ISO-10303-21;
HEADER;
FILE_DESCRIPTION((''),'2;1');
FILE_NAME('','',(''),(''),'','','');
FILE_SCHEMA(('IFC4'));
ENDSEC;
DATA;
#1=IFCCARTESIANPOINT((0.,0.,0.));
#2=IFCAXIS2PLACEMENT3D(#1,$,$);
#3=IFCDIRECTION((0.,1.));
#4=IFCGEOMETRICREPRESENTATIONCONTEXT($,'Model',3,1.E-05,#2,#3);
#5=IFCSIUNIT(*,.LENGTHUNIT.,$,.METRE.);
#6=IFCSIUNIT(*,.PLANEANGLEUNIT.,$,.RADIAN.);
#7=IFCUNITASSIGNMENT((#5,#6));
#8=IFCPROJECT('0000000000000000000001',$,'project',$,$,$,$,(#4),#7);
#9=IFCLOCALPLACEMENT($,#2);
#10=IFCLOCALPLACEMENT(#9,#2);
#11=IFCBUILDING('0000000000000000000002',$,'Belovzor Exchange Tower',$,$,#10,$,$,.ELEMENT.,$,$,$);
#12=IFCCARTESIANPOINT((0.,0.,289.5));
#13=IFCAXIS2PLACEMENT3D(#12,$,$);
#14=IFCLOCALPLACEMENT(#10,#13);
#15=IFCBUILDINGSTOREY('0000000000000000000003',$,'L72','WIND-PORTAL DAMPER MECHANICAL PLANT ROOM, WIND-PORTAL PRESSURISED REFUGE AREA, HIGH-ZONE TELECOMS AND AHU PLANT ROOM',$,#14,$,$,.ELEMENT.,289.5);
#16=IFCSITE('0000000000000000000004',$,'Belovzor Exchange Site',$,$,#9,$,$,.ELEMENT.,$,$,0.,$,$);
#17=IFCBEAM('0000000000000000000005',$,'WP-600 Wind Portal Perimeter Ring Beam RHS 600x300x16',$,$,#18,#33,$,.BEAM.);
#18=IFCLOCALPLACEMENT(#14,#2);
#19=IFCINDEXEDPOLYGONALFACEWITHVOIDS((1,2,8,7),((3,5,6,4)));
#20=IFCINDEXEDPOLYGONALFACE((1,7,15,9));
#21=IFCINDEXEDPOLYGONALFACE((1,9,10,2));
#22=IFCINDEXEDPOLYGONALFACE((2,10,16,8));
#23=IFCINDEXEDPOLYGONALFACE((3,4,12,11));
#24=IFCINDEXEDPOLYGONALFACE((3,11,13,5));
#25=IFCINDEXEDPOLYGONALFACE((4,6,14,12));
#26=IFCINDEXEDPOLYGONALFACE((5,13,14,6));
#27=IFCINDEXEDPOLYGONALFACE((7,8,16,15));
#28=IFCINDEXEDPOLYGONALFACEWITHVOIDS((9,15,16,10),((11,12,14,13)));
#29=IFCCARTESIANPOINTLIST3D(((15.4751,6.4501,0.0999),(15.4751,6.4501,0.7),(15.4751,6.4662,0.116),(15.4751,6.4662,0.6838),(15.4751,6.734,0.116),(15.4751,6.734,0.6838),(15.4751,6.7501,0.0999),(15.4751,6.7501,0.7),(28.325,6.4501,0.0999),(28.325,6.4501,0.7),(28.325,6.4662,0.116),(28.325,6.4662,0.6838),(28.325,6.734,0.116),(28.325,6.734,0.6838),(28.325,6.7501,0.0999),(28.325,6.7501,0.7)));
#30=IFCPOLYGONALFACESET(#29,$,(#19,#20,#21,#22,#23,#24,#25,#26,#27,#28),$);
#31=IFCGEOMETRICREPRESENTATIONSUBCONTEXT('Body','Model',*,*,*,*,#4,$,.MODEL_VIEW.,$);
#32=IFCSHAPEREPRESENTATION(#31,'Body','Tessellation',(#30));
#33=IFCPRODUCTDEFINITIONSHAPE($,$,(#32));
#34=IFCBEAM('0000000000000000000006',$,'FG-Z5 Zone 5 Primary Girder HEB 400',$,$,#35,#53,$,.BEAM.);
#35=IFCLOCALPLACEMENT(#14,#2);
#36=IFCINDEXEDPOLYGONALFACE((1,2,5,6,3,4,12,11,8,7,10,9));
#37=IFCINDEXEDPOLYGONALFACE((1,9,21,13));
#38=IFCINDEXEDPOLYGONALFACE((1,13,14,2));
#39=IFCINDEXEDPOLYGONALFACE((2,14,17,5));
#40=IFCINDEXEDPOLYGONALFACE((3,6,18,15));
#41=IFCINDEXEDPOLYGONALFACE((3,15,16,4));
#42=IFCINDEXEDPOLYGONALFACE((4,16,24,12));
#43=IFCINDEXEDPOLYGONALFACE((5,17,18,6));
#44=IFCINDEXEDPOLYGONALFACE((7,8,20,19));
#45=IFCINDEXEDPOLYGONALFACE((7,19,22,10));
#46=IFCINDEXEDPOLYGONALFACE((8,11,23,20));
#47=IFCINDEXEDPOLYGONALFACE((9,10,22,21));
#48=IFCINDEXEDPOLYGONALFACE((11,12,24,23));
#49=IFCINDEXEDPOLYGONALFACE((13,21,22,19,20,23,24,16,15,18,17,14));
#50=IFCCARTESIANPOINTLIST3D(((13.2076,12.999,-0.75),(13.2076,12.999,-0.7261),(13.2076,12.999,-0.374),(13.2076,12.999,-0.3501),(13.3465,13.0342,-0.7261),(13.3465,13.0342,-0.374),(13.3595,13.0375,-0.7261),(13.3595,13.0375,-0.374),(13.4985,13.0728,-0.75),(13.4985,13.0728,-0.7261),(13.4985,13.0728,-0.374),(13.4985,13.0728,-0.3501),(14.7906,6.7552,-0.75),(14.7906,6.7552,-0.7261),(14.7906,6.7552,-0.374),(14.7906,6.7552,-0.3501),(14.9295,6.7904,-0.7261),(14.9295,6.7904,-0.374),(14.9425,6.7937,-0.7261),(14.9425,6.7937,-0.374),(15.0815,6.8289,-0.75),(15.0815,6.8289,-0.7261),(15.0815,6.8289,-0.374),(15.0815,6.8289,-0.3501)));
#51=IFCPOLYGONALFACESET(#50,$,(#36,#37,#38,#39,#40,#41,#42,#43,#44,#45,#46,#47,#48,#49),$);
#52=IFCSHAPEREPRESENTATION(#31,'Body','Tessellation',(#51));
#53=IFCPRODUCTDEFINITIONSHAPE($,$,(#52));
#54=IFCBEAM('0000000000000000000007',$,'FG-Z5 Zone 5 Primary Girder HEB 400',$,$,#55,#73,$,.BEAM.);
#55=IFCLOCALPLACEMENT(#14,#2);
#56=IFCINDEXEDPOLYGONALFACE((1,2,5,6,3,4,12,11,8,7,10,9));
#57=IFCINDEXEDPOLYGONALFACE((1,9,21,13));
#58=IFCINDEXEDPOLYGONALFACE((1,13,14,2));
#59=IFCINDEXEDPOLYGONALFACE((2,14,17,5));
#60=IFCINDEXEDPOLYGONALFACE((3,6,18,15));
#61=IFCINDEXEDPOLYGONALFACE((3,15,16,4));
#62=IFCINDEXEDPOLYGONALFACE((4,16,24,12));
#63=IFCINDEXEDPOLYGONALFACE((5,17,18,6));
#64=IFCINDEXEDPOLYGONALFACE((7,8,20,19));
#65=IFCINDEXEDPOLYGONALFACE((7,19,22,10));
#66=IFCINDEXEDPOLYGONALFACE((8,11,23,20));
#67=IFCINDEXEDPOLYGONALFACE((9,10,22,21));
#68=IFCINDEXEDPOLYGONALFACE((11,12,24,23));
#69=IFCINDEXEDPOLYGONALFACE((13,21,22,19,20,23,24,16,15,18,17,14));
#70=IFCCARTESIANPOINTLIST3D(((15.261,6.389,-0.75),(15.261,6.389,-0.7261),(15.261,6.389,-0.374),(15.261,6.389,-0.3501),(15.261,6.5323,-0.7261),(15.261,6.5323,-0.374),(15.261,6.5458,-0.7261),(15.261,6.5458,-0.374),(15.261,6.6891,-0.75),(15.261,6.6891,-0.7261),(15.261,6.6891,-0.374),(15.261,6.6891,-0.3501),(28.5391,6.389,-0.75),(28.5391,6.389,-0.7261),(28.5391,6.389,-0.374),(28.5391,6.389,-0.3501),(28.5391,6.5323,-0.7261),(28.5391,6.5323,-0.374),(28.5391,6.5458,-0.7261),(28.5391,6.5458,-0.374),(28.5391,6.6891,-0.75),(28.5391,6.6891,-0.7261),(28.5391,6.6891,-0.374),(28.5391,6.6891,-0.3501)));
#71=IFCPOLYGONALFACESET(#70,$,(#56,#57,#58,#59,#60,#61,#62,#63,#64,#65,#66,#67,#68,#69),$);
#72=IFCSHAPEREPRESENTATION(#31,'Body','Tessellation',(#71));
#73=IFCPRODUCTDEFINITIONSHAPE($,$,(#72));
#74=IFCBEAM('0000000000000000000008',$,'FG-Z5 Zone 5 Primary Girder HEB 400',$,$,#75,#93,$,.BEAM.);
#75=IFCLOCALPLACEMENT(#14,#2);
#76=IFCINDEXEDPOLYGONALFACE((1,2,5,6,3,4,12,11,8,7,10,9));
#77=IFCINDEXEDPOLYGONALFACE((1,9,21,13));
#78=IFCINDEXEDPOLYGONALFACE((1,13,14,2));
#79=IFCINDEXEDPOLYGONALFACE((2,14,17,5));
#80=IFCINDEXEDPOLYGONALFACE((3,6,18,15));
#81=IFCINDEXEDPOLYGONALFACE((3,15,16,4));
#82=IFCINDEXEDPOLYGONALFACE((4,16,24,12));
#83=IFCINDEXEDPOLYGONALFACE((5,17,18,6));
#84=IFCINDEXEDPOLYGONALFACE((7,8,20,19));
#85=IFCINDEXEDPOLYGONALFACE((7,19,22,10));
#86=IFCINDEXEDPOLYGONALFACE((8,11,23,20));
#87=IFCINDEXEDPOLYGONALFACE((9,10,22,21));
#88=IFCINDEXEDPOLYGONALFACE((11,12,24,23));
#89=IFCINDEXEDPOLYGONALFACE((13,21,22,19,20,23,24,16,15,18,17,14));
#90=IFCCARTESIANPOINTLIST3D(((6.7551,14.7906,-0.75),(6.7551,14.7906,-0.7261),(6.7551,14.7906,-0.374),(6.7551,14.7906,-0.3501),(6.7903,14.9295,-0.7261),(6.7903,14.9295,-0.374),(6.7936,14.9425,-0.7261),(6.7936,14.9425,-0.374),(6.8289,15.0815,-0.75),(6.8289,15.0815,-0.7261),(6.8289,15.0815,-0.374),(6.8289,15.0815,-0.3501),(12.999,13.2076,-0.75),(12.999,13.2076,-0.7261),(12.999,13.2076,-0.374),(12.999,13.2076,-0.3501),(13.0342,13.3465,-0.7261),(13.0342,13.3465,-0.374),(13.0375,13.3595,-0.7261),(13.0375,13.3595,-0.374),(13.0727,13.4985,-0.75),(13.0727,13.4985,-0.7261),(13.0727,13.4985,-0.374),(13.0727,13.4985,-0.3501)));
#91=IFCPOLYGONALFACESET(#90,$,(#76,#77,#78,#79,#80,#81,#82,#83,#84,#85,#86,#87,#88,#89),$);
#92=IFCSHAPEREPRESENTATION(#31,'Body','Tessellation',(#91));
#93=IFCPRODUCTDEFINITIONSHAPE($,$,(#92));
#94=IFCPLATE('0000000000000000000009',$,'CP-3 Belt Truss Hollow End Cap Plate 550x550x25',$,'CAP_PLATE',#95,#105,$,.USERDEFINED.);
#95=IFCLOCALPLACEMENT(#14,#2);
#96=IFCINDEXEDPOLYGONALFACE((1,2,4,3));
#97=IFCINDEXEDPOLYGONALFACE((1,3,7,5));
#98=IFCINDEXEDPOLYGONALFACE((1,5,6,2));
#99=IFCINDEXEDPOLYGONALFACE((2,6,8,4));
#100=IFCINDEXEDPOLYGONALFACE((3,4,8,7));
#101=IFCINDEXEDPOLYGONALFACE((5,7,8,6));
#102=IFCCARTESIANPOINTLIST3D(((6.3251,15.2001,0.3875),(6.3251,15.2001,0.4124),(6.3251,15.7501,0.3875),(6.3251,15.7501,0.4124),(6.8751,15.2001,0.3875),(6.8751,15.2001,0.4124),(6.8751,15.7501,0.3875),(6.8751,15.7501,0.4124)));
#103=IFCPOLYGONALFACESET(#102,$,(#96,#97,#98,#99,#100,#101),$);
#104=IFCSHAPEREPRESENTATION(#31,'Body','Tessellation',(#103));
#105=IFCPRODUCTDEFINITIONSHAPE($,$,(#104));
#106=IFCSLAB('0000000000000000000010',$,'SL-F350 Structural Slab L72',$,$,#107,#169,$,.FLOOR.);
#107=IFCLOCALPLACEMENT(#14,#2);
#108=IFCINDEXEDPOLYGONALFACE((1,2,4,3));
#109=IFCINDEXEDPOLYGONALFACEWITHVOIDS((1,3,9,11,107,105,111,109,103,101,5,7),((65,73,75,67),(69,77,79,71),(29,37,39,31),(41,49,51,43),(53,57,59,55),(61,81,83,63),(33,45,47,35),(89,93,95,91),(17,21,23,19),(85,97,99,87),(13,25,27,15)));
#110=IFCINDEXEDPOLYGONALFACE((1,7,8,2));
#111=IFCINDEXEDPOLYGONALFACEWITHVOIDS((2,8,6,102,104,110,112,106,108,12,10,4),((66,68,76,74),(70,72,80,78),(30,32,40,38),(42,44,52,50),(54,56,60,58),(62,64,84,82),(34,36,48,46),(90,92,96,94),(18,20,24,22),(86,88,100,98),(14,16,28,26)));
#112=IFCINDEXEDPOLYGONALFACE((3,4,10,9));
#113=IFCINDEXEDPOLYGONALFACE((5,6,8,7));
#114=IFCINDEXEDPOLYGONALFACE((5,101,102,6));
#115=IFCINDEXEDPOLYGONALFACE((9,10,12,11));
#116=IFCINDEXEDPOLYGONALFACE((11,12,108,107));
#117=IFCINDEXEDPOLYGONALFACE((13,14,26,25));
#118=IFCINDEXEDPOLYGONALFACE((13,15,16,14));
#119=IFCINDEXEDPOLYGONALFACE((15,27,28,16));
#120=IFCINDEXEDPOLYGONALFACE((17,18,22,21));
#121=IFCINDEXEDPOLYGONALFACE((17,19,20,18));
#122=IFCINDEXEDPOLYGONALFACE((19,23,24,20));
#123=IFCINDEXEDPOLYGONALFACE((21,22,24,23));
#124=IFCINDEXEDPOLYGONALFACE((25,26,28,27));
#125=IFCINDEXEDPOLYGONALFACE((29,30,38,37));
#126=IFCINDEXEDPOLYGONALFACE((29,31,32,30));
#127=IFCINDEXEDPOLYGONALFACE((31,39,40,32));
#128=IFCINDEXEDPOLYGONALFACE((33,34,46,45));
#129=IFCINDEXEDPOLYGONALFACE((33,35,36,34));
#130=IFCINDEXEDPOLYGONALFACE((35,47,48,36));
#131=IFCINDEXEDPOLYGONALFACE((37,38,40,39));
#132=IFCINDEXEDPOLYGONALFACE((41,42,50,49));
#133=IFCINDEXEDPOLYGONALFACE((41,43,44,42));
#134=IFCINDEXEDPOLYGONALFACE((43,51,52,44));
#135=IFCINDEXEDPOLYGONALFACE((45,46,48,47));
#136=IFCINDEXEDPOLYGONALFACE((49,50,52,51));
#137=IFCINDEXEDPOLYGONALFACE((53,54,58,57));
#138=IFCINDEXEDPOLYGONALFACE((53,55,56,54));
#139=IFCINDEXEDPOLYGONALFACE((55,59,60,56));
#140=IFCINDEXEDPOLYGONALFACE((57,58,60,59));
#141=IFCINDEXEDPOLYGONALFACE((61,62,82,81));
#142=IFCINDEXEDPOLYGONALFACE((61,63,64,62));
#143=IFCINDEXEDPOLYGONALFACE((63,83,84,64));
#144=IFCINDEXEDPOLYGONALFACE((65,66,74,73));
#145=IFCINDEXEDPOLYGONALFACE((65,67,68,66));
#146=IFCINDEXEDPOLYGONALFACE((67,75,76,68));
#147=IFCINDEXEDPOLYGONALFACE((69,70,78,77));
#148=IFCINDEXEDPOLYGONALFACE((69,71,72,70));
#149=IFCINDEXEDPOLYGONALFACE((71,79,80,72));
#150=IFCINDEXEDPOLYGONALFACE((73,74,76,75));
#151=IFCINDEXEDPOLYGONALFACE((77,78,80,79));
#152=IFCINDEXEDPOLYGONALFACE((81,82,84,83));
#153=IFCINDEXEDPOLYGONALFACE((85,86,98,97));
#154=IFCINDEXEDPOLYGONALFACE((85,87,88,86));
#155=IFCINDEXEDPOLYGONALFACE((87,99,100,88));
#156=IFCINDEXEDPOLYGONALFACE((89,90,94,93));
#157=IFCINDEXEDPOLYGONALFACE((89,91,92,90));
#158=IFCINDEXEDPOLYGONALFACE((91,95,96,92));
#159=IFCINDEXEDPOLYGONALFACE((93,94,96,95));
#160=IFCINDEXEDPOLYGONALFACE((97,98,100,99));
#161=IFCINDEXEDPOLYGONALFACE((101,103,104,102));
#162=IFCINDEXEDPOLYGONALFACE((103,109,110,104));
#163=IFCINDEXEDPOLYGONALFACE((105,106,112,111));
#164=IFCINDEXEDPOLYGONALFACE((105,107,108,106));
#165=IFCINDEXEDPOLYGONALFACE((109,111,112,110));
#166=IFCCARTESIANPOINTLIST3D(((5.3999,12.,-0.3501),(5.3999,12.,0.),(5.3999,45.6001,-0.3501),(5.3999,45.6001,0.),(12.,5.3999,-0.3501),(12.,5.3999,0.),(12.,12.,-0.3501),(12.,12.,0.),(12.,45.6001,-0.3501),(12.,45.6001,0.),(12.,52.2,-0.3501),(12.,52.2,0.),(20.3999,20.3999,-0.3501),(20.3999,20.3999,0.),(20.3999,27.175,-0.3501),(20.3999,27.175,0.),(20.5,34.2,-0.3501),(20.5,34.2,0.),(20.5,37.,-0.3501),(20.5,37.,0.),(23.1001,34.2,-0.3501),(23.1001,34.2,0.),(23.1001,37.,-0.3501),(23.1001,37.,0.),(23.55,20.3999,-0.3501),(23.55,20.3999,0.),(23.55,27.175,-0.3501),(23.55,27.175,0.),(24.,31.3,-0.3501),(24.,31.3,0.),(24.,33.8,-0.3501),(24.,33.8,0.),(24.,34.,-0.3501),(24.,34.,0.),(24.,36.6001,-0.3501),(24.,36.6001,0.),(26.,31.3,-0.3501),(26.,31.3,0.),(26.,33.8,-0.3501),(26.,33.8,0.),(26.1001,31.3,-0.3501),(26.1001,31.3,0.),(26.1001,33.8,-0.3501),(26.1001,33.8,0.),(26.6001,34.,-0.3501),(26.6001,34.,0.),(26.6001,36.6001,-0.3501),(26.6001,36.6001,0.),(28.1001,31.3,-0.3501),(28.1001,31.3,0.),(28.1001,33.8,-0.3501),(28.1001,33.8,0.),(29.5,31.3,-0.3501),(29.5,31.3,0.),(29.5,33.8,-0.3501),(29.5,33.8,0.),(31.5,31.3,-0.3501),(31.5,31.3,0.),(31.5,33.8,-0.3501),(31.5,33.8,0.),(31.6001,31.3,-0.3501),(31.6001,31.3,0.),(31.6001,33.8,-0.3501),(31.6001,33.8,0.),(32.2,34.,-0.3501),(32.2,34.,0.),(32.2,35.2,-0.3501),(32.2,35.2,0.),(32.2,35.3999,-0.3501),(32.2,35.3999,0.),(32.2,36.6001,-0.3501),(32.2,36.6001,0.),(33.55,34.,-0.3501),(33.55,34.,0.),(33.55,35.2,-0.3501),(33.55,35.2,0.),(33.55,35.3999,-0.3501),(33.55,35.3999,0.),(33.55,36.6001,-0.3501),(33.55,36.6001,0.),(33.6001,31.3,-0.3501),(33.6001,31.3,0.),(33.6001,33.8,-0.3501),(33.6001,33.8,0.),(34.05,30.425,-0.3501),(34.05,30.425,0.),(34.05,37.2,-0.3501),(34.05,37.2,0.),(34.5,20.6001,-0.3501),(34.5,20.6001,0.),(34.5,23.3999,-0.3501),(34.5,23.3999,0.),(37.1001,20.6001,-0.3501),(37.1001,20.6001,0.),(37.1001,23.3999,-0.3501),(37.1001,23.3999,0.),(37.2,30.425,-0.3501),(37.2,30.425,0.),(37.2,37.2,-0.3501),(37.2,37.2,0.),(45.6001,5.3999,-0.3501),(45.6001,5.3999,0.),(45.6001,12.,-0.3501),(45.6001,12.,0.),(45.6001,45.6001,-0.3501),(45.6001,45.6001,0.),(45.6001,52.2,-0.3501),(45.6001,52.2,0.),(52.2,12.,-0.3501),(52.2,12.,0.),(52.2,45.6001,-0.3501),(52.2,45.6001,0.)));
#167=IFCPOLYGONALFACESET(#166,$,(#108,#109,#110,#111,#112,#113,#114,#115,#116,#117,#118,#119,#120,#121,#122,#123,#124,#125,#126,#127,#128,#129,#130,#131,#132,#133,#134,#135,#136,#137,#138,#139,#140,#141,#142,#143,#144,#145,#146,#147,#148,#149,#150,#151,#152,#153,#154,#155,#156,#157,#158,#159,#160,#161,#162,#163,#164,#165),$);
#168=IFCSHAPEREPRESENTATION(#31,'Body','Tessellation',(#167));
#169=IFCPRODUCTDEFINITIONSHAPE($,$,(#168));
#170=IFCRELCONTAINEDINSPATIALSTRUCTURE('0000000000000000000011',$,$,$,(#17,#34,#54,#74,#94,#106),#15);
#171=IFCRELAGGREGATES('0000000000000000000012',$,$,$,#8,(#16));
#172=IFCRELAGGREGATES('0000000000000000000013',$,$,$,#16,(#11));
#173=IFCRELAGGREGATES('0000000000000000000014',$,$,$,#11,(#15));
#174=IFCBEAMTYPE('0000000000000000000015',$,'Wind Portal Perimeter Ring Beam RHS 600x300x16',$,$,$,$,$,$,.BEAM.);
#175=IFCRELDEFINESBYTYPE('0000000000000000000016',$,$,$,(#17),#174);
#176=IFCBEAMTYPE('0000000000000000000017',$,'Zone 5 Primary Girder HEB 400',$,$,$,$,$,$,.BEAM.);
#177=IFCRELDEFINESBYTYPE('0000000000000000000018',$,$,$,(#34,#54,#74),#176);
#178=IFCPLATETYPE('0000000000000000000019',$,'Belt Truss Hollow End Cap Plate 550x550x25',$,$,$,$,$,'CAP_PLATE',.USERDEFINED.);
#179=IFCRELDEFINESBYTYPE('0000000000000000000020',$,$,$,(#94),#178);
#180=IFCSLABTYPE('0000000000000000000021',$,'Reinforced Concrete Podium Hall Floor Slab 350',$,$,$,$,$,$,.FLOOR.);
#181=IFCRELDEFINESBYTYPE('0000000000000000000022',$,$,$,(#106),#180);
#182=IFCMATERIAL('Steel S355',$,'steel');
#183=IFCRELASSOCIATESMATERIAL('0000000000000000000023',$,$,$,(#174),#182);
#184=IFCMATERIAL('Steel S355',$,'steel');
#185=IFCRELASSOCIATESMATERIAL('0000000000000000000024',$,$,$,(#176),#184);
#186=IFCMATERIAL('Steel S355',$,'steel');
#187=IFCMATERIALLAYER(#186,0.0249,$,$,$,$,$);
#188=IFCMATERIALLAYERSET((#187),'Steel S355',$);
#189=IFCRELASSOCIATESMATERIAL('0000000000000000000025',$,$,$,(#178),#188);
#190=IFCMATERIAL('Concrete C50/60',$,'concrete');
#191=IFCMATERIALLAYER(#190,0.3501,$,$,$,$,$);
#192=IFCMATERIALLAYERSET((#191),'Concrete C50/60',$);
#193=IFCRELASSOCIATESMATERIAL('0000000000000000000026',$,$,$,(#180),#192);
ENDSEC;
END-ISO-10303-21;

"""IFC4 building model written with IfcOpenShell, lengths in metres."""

from ifc_helpers import new_model, si_unit, direction, frame, origin, origin_2d, place, context, subcontext, project, spatial, polyline, rectangle, hollow_rectangle, i_section, outline, extrude, material, layer, layer_set, material_profile, profile_set, type_object, element, save


model = new_model("IFC4")

# Units and contexts
model_context = context("Model", 3, precision=1e-05, world=origin(), true_north=direction((0.0, 1.0)))
body_context = subcontext(model_context, "Body", "Model", "MODEL_VIEW")
ifc_project = project(units=[si_unit("LENGTHUNIT", "METRE"), si_unit("PLANEANGLEUNIT", "RADIAN")], contexts=[model_context])

# Site, building, storey
site_placement = place(None, origin())
site = spatial("IfcSite", under=ifc_project, at=site_placement, Name="Belovzor Exchange Site", CompositionType="ELEMENT", RefElevation=0.0)
building_placement = place(site_placement, origin())
building = spatial("IfcBuilding", under=site, at=building_placement, Name="Belovzor Exchange Tower", CompositionType="ELEMENT")
storey_placement = place(building_placement, frame((0.0, 0.0, 289.5)))
storey = spatial("IfcBuildingStorey", under=building, at=storey_placement, Name="L72", Description="WIND-PORTAL DAMPER MECHANICAL PLANT ROOM, WIND-PORTAL PRESSURISED REFUGE AREA, HIGH-ZONE TELECOMS AND AHU PLANT ROOM", CompositionType="ELEMENT", Elevation=289.5)

# Beams
ifc_material_1 = material(Name="Steel S355", Category="steel")
ifc_material_profile_1 = material_profile(ifc_material_1, hollow_rectangle(XDim=0.3, YDim=0.6001, WallThickness=0.0161, at=origin_2d()))
ifc_profile_set_1 = profile_set([ifc_material_profile_1], Name="Steel S355")
beam_type_1 = type_object("IfcBeamType", Name="Wind Portal Perimeter Ring Beam RHS 600x300x16", PredefinedType="BEAM", material=ifc_profile_set_1)
beam_1_placement = place(storey_placement, frame((15.4751, 6.6001, 0.3999), z_axis=(1.0, 0.0, 0.0), x_axis=(0.0, 1.0, 0.0)))
element("IfcBeam", 1, at=beam_1_placement, inside=storey, type_object=beam_type_1, Name="WP-600 Wind Portal Perimeter Ring Beam RHS 600x300x16", PredefinedType="BEAM", context=body_context, shape_type="SweptSolid", body=[
    extrude(hollow_rectangle(XDim=0.3, YDim=0.6001, WallThickness=0.0161, at=origin_2d()), origin(), (0.0, 0.0, 1.0), 12.8499),
])
ifc_material_2 = material(Name="Steel S355", Category="steel")
ifc_material_profile_2 = material_profile(ifc_material_2, i_section(OverallWidth=0.3, OverallDepth=0.3999, WebThickness=0.0134, FlangeThickness=0.0239, at=origin_2d()))
ifc_profile_set_2 = profile_set([ifc_material_profile_2], Name="Steel S355")
beam_type_2 = type_object("IfcBeamType", Name="Zone 5 Primary Girder HEB 400", PredefinedType="BEAM", material=ifc_profile_set_2)
beam_2_placement = place(storey_placement, frame((13.353, 13.0359, -0.55), z_axis=(0.245754, -0.969332, 0.0), x_axis=(0.969332, 0.245754, 0.0)))
element("IfcBeam", 2, at=beam_2_placement, inside=storey, type_object=beam_type_2, Name="FG-Z5 Zone 5 Primary Girder HEB 400", PredefinedType="BEAM", context=body_context, shape_type="SweptSolid", body=[
    extrude(i_section(OverallWidth=0.3, OverallDepth=0.3999, WebThickness=0.0134, FlangeThickness=0.0239, at=origin_2d()), origin(), (0.0, 0.0, 1.0), 6.4414),
])
beam_3_placement = place(storey_placement, frame((15.261, 6.5391, -0.55), z_axis=(1.0, 0.0, 0.0), x_axis=(0.0, 1.0, 0.0)))
element("IfcBeam", 3, at=beam_3_placement, inside=storey, type_object=beam_type_2, Name="FG-Z5 Zone 5 Primary Girder HEB 400", PredefinedType="BEAM", context=body_context, shape_type="SweptSolid", body=[
    extrude(i_section(OverallWidth=0.3, OverallDepth=0.3999, WebThickness=0.0134, FlangeThickness=0.0239, at=origin_2d()), origin(), (0.0, 0.0, 1.0), 13.2781),
])
beam_4_placement = place(storey_placement, frame((6.792, 14.936, -0.55), z_axis=(0.969332, -0.245754, 0.0), x_axis=(0.245754, 0.969332, 0.0)))
element("IfcBeam", 4, at=beam_4_placement, inside=storey, type_object=beam_type_2, Name="FG-Z5 Zone 5 Primary Girder HEB 400", PredefinedType="BEAM", context=body_context, shape_type="SweptSolid", body=[
    extrude(i_section(OverallWidth=0.3, OverallDepth=0.3999, WebThickness=0.0134, FlangeThickness=0.0239, at=origin_2d()), origin(), (0.0, 0.0, 1.0), 6.4414),
])

# Plate
ifc_material_3 = material(Name="Steel S355", Category="steel")
ifc_layer_1 = layer(ifc_material_3, 0.0249)
ifc_layer_set_1 = layer_set([ifc_layer_1], Name="Steel S355")
plate_type_1 = type_object("IfcPlateType", Name="Belt Truss Hollow End Cap Plate 550x550x25", ElementType="CAP_PLATE", PredefinedType="USERDEFINED", material=ifc_layer_set_1)
plate_1_placement = place(storey_placement, frame((6.6001, 15.4751, 0.3875), z_axis=(0.0, 0.0, 1.0), x_axis=(0.0, 1.0, 0.0)))
element("IfcPlate", 5, at=plate_1_placement, inside=storey, type_object=plate_type_1, Name="CP-3 Belt Truss Hollow End Cap Plate 550x550x25", ObjectType="CAP_PLATE", PredefinedType="USERDEFINED", context=body_context, shape_type="SweptSolid", body=[
    extrude(rectangle(XDim=0.55, YDim=0.55, at=origin_2d()), origin(), (0.0, 0.0, 1.0), 0.0249),
])

# Slab
ifc_material_4 = material(Name="Concrete C50/60", Category="concrete")
ifc_layer_2 = layer(ifc_material_4, 0.3501)
ifc_layer_set_2 = layer_set([ifc_layer_2], Name="Concrete C50/60")
slab_type_1 = type_object("IfcSlabType", Name="Reinforced Concrete Podium Hall Floor Slab 350", PredefinedType="FLOOR", material=ifc_layer_set_2)
slab_1_placement = place(storey_placement, frame((0.0, 0.0, -0.3501)))
element("IfcSlab", 6, at=slab_1_placement, inside=storey, type_object=slab_type_1, Name="SL-F350 Structural Slab L72", PredefinedType="FLOOR", context=body_context, shape_type="SweptSolid", body=[
    extrude(outline(polyline([(12.0, 5.3999), (45.6001, 5.3999), (45.6001, 12.0), (52.2, 12.0), (52.2, 45.6001), (45.6001, 45.6001), (45.6001, 52.2), (12.0, 52.2), (12.0, 45.6001), (5.3999, 45.6001), (5.3999, 12.0), (12.0, 12.0), (12.0, 5.3999)]), holes=[polyline([(20.3999, 27.175), (20.3999, 20.3999), (23.55, 20.3999), (23.55, 27.175), (20.3999, 27.175)]), polyline([(37.2, 30.425), (37.2, 37.2), (34.05, 37.2), (34.05, 30.425), (37.2, 30.425)]), polyline([(20.5, 34.2), (23.1001, 34.2), (23.1001, 37.0), (20.5, 37.0), (20.5, 34.2)]), polyline([(34.5, 20.6001), (37.1001, 20.6001), (37.1001, 23.3999), (34.5, 23.3999), (34.5, 20.6001)]), polyline([(24.0, 34.0), (26.6001, 34.0), (26.6001, 36.6001), (24.0, 36.6001), (24.0, 34.0)]), polyline([(24.0, 31.3), (26.0, 31.3), (26.0, 33.8), (24.0, 33.8), (24.0, 31.3)]), polyline([(26.1001, 31.3), (28.1001, 31.3), (28.1001, 33.8), (26.1001, 33.8), (26.1001, 31.3)]), polyline([(29.5, 31.3), (31.5, 31.3), (31.5, 33.8), (29.5, 33.8), (29.5, 31.3)]), polyline([(31.6001, 31.3), (33.6001, 31.3), (33.6001, 33.8), (31.6001, 33.8), (31.6001, 31.3)]), polyline([(32.2, 34.0), (33.55, 34.0), (33.55, 35.2), (32.2, 35.2), (32.2, 34.0)]), polyline([(32.2, 35.3999), (33.55, 35.3999), (33.55, 36.6001), (32.2, 36.6001), (32.2, 35.3999)])]), origin(), (0.0, 0.0, 1.0), 0.3501),
])

save(model, "model.ifc")
